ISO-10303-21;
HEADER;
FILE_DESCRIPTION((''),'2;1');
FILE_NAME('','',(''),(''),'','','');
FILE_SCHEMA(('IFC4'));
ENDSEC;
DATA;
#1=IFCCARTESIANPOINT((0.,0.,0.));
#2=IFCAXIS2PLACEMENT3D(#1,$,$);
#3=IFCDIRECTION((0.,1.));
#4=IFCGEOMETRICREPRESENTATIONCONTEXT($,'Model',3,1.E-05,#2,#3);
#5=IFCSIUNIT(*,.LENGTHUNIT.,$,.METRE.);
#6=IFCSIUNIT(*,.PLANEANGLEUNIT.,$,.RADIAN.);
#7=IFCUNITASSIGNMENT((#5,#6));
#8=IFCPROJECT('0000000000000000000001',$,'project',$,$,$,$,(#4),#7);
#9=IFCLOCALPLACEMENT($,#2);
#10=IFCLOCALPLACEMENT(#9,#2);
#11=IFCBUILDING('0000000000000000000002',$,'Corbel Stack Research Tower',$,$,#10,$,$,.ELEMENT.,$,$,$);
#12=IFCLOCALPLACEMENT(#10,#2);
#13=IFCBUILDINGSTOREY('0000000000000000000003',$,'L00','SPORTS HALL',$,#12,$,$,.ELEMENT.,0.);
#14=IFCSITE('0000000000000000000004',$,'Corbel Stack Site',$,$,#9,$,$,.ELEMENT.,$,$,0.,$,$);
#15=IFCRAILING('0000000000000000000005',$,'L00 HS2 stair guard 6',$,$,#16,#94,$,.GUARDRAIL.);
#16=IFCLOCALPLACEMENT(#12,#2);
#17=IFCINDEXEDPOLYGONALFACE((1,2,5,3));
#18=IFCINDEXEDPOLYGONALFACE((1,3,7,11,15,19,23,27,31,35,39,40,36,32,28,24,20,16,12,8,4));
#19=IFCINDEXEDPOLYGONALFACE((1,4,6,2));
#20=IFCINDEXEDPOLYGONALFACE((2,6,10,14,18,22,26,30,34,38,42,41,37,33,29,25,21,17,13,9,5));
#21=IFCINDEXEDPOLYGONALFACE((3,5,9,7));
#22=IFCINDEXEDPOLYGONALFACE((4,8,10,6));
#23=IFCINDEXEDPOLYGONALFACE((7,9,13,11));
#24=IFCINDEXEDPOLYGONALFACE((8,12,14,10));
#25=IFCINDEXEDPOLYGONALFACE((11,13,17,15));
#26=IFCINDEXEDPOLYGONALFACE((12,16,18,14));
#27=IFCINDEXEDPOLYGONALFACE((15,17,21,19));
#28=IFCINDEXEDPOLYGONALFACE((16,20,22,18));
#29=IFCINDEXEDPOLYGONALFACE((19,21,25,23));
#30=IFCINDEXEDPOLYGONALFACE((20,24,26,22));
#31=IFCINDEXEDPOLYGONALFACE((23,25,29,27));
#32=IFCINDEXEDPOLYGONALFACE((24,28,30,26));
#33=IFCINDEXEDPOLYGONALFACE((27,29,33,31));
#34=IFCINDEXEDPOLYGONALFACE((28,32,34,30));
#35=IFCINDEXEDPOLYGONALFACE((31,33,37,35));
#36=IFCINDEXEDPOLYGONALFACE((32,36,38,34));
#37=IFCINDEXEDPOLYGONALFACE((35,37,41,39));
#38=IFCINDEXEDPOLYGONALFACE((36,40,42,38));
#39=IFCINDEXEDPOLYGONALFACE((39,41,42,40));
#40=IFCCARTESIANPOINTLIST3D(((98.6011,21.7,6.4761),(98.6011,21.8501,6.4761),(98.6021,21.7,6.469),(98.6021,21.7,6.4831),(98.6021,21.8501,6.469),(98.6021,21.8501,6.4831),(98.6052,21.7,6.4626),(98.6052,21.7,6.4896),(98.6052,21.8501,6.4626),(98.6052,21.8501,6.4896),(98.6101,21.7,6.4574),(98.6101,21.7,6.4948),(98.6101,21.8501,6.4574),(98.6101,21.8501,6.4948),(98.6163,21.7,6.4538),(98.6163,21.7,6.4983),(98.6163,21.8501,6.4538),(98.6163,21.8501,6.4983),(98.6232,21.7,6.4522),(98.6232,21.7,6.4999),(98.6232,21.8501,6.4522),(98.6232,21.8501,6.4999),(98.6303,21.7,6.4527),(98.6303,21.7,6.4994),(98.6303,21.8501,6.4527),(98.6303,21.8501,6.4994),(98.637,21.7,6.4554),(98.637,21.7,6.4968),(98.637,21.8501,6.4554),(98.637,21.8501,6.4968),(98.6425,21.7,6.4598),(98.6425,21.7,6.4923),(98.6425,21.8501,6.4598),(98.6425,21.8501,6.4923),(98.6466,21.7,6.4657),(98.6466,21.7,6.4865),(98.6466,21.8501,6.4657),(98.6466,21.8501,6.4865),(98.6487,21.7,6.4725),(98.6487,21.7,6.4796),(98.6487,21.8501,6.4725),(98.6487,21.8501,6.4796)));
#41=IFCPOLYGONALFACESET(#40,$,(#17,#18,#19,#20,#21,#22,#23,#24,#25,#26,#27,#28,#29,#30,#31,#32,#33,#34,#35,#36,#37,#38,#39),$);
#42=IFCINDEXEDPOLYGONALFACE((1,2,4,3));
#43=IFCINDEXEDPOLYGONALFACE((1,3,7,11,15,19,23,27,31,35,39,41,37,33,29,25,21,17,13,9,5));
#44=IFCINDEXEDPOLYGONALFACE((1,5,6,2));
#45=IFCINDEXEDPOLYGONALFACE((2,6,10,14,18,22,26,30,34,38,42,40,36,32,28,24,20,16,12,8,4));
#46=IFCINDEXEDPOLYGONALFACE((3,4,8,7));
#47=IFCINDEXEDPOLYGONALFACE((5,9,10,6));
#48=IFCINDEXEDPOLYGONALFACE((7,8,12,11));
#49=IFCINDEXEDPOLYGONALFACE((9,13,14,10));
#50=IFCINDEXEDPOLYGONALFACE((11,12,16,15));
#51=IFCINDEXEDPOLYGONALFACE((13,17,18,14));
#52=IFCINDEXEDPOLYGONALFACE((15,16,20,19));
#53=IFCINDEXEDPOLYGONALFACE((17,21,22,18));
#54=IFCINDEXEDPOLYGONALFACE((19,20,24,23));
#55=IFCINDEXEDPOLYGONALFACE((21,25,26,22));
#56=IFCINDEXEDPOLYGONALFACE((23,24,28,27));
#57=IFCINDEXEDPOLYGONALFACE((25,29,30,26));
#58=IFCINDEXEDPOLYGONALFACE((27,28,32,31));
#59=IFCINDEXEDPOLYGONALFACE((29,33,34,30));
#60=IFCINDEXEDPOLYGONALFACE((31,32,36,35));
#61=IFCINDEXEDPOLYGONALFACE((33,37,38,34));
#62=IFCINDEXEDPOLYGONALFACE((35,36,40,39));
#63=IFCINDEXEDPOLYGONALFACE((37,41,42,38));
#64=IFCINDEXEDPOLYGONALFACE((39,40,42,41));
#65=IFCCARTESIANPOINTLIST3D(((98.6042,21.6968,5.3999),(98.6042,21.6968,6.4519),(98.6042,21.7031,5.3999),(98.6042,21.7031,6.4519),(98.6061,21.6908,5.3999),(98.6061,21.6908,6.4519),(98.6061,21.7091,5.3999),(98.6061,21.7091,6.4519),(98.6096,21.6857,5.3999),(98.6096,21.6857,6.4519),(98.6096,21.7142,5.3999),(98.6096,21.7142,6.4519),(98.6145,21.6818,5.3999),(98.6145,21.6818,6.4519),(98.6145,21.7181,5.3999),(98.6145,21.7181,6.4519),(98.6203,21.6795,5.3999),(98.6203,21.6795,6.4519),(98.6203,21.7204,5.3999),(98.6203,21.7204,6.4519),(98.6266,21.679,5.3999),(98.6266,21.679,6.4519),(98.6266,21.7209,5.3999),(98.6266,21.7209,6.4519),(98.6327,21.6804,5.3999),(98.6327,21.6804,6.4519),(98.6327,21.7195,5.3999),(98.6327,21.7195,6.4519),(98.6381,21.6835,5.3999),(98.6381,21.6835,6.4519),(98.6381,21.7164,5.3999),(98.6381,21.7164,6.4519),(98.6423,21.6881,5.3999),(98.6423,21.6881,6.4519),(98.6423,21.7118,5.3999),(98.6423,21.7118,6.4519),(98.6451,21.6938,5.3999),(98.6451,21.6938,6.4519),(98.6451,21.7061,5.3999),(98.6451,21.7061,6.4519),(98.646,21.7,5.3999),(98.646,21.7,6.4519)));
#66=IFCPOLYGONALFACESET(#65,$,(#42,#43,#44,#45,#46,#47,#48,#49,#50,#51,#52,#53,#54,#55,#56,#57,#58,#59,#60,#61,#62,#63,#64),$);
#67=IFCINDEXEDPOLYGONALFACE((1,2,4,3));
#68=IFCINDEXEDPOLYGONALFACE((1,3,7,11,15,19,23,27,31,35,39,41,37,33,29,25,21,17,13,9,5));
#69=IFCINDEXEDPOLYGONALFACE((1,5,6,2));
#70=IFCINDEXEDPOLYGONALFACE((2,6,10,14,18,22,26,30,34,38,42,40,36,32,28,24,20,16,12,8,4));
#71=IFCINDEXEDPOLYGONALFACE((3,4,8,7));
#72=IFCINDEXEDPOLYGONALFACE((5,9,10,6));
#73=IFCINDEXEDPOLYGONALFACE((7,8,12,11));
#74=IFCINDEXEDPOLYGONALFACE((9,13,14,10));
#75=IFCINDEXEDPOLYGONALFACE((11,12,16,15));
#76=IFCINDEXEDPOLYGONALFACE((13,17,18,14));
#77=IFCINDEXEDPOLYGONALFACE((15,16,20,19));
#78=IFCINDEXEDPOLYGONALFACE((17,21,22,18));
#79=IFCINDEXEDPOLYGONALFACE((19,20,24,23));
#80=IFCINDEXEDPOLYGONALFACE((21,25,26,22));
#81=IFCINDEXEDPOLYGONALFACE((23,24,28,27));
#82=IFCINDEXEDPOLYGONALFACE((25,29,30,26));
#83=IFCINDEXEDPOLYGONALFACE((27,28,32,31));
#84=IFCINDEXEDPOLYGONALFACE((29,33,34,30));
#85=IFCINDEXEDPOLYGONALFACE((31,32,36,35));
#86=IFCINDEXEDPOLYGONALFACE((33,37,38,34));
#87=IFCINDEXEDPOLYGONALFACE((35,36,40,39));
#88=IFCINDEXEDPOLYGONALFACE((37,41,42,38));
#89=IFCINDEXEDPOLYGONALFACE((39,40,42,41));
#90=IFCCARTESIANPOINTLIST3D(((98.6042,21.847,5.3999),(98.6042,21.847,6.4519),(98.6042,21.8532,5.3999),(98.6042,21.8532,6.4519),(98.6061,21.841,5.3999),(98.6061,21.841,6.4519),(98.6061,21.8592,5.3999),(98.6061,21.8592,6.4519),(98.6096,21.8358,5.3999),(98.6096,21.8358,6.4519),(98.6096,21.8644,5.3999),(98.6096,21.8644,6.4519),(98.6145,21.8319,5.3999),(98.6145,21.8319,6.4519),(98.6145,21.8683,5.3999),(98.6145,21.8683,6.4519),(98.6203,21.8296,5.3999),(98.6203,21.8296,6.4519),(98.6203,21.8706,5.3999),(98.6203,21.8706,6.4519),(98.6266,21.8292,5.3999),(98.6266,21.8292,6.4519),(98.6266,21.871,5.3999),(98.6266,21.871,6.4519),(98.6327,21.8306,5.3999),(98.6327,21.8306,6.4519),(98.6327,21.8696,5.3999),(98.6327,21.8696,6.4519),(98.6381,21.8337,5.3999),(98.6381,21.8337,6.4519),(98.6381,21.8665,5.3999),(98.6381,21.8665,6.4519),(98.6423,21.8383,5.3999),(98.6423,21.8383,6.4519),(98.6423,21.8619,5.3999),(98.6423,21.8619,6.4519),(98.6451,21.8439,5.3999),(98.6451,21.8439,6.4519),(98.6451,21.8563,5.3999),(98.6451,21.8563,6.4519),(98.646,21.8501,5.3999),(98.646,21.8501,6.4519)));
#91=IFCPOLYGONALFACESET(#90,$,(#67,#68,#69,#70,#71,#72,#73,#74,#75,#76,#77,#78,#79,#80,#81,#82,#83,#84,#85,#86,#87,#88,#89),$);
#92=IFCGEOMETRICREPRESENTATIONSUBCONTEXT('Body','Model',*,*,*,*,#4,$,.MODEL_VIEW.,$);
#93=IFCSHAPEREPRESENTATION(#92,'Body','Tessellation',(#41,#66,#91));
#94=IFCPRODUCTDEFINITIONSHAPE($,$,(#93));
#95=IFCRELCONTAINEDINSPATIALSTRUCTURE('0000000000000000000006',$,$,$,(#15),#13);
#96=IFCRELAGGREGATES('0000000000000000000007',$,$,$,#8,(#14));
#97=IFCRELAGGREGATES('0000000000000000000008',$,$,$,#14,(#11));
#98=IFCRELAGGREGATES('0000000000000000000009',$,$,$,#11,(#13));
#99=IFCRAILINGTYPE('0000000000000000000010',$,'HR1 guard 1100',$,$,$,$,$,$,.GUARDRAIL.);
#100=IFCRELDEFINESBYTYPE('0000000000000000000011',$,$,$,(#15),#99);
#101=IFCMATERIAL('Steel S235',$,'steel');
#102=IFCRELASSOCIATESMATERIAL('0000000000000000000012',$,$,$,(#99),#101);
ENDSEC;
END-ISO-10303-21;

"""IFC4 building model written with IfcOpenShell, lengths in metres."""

from ifc_helpers import new_model, si_unit, direction, frame, origin, origin_2d, place, context, subcontext, project, spatial, circle, extrude, material, type_object, element, save


model = new_model("IFC4")

# Units and contexts
model_context = context("Model", 3, precision=1e-05, world=origin(), true_north=direction((0.0, 1.0)))
body_context = subcontext(model_context, "Body", "Model", "MODEL_VIEW")
ifc_project = project(units=[si_unit("LENGTHUNIT", "METRE"), si_unit("PLANEANGLEUNIT", "RADIAN")], contexts=[model_context])

# Site, building, storey
site_placement = place(None, origin())
site = spatial("IfcSite", under=ifc_project, at=site_placement, Name="Corbel Stack Site", CompositionType="ELEMENT", RefElevation=0.0)
building_placement = place(site_placement, origin())
building = spatial("IfcBuilding", under=site, at=building_placement, Name="Corbel Stack Research Tower", CompositionType="ELEMENT")
storey_placement = place(building_placement, origin())
storey = spatial("IfcBuildingStorey", under=building, at=storey_placement, Name="L00", Description="SPORTS HALL", CompositionType="ELEMENT", Elevation=0.0)

# Railing
ifc_material_1 = material(Name="Steel S235", Category="steel")
railing_type_1 = type_object("IfcRailingType", Name="HR1 guard 1100", PredefinedType="GUARDRAIL", material=ifc_material_1)
railing_1_placement = place(storey_placement, frame((98.625, 21.7, 5.3999)))
element("IfcRailing", 1, at=railing_1_placement, inside=storey, type_object=railing_type_1, Name="L00 HS2 stair guard 6", PredefinedType="GUARDRAIL", context=body_context, shape_type="SweptSolid", body=[
    extrude(circle(Radius=0.0239, at=origin_2d()), frame((0.0, 0.0, 1.0762), z_axis=(0.0, 1.0, 0.0), x_axis=(-1.0, 0.0, 0.0)), (0.0, 0.0, 1.0), 0.1501),
    extrude(circle(Radius=0.021, at=origin_2d()), origin(), (0.0, 0.0, 1.0), 1.052),
    extrude(circle(Radius=0.021, at=origin_2d()), frame((0.0, 0.1501, 0.0)), (0.0, 0.0, 1.0), 1.052),
])

save(model, "model.ifc")
